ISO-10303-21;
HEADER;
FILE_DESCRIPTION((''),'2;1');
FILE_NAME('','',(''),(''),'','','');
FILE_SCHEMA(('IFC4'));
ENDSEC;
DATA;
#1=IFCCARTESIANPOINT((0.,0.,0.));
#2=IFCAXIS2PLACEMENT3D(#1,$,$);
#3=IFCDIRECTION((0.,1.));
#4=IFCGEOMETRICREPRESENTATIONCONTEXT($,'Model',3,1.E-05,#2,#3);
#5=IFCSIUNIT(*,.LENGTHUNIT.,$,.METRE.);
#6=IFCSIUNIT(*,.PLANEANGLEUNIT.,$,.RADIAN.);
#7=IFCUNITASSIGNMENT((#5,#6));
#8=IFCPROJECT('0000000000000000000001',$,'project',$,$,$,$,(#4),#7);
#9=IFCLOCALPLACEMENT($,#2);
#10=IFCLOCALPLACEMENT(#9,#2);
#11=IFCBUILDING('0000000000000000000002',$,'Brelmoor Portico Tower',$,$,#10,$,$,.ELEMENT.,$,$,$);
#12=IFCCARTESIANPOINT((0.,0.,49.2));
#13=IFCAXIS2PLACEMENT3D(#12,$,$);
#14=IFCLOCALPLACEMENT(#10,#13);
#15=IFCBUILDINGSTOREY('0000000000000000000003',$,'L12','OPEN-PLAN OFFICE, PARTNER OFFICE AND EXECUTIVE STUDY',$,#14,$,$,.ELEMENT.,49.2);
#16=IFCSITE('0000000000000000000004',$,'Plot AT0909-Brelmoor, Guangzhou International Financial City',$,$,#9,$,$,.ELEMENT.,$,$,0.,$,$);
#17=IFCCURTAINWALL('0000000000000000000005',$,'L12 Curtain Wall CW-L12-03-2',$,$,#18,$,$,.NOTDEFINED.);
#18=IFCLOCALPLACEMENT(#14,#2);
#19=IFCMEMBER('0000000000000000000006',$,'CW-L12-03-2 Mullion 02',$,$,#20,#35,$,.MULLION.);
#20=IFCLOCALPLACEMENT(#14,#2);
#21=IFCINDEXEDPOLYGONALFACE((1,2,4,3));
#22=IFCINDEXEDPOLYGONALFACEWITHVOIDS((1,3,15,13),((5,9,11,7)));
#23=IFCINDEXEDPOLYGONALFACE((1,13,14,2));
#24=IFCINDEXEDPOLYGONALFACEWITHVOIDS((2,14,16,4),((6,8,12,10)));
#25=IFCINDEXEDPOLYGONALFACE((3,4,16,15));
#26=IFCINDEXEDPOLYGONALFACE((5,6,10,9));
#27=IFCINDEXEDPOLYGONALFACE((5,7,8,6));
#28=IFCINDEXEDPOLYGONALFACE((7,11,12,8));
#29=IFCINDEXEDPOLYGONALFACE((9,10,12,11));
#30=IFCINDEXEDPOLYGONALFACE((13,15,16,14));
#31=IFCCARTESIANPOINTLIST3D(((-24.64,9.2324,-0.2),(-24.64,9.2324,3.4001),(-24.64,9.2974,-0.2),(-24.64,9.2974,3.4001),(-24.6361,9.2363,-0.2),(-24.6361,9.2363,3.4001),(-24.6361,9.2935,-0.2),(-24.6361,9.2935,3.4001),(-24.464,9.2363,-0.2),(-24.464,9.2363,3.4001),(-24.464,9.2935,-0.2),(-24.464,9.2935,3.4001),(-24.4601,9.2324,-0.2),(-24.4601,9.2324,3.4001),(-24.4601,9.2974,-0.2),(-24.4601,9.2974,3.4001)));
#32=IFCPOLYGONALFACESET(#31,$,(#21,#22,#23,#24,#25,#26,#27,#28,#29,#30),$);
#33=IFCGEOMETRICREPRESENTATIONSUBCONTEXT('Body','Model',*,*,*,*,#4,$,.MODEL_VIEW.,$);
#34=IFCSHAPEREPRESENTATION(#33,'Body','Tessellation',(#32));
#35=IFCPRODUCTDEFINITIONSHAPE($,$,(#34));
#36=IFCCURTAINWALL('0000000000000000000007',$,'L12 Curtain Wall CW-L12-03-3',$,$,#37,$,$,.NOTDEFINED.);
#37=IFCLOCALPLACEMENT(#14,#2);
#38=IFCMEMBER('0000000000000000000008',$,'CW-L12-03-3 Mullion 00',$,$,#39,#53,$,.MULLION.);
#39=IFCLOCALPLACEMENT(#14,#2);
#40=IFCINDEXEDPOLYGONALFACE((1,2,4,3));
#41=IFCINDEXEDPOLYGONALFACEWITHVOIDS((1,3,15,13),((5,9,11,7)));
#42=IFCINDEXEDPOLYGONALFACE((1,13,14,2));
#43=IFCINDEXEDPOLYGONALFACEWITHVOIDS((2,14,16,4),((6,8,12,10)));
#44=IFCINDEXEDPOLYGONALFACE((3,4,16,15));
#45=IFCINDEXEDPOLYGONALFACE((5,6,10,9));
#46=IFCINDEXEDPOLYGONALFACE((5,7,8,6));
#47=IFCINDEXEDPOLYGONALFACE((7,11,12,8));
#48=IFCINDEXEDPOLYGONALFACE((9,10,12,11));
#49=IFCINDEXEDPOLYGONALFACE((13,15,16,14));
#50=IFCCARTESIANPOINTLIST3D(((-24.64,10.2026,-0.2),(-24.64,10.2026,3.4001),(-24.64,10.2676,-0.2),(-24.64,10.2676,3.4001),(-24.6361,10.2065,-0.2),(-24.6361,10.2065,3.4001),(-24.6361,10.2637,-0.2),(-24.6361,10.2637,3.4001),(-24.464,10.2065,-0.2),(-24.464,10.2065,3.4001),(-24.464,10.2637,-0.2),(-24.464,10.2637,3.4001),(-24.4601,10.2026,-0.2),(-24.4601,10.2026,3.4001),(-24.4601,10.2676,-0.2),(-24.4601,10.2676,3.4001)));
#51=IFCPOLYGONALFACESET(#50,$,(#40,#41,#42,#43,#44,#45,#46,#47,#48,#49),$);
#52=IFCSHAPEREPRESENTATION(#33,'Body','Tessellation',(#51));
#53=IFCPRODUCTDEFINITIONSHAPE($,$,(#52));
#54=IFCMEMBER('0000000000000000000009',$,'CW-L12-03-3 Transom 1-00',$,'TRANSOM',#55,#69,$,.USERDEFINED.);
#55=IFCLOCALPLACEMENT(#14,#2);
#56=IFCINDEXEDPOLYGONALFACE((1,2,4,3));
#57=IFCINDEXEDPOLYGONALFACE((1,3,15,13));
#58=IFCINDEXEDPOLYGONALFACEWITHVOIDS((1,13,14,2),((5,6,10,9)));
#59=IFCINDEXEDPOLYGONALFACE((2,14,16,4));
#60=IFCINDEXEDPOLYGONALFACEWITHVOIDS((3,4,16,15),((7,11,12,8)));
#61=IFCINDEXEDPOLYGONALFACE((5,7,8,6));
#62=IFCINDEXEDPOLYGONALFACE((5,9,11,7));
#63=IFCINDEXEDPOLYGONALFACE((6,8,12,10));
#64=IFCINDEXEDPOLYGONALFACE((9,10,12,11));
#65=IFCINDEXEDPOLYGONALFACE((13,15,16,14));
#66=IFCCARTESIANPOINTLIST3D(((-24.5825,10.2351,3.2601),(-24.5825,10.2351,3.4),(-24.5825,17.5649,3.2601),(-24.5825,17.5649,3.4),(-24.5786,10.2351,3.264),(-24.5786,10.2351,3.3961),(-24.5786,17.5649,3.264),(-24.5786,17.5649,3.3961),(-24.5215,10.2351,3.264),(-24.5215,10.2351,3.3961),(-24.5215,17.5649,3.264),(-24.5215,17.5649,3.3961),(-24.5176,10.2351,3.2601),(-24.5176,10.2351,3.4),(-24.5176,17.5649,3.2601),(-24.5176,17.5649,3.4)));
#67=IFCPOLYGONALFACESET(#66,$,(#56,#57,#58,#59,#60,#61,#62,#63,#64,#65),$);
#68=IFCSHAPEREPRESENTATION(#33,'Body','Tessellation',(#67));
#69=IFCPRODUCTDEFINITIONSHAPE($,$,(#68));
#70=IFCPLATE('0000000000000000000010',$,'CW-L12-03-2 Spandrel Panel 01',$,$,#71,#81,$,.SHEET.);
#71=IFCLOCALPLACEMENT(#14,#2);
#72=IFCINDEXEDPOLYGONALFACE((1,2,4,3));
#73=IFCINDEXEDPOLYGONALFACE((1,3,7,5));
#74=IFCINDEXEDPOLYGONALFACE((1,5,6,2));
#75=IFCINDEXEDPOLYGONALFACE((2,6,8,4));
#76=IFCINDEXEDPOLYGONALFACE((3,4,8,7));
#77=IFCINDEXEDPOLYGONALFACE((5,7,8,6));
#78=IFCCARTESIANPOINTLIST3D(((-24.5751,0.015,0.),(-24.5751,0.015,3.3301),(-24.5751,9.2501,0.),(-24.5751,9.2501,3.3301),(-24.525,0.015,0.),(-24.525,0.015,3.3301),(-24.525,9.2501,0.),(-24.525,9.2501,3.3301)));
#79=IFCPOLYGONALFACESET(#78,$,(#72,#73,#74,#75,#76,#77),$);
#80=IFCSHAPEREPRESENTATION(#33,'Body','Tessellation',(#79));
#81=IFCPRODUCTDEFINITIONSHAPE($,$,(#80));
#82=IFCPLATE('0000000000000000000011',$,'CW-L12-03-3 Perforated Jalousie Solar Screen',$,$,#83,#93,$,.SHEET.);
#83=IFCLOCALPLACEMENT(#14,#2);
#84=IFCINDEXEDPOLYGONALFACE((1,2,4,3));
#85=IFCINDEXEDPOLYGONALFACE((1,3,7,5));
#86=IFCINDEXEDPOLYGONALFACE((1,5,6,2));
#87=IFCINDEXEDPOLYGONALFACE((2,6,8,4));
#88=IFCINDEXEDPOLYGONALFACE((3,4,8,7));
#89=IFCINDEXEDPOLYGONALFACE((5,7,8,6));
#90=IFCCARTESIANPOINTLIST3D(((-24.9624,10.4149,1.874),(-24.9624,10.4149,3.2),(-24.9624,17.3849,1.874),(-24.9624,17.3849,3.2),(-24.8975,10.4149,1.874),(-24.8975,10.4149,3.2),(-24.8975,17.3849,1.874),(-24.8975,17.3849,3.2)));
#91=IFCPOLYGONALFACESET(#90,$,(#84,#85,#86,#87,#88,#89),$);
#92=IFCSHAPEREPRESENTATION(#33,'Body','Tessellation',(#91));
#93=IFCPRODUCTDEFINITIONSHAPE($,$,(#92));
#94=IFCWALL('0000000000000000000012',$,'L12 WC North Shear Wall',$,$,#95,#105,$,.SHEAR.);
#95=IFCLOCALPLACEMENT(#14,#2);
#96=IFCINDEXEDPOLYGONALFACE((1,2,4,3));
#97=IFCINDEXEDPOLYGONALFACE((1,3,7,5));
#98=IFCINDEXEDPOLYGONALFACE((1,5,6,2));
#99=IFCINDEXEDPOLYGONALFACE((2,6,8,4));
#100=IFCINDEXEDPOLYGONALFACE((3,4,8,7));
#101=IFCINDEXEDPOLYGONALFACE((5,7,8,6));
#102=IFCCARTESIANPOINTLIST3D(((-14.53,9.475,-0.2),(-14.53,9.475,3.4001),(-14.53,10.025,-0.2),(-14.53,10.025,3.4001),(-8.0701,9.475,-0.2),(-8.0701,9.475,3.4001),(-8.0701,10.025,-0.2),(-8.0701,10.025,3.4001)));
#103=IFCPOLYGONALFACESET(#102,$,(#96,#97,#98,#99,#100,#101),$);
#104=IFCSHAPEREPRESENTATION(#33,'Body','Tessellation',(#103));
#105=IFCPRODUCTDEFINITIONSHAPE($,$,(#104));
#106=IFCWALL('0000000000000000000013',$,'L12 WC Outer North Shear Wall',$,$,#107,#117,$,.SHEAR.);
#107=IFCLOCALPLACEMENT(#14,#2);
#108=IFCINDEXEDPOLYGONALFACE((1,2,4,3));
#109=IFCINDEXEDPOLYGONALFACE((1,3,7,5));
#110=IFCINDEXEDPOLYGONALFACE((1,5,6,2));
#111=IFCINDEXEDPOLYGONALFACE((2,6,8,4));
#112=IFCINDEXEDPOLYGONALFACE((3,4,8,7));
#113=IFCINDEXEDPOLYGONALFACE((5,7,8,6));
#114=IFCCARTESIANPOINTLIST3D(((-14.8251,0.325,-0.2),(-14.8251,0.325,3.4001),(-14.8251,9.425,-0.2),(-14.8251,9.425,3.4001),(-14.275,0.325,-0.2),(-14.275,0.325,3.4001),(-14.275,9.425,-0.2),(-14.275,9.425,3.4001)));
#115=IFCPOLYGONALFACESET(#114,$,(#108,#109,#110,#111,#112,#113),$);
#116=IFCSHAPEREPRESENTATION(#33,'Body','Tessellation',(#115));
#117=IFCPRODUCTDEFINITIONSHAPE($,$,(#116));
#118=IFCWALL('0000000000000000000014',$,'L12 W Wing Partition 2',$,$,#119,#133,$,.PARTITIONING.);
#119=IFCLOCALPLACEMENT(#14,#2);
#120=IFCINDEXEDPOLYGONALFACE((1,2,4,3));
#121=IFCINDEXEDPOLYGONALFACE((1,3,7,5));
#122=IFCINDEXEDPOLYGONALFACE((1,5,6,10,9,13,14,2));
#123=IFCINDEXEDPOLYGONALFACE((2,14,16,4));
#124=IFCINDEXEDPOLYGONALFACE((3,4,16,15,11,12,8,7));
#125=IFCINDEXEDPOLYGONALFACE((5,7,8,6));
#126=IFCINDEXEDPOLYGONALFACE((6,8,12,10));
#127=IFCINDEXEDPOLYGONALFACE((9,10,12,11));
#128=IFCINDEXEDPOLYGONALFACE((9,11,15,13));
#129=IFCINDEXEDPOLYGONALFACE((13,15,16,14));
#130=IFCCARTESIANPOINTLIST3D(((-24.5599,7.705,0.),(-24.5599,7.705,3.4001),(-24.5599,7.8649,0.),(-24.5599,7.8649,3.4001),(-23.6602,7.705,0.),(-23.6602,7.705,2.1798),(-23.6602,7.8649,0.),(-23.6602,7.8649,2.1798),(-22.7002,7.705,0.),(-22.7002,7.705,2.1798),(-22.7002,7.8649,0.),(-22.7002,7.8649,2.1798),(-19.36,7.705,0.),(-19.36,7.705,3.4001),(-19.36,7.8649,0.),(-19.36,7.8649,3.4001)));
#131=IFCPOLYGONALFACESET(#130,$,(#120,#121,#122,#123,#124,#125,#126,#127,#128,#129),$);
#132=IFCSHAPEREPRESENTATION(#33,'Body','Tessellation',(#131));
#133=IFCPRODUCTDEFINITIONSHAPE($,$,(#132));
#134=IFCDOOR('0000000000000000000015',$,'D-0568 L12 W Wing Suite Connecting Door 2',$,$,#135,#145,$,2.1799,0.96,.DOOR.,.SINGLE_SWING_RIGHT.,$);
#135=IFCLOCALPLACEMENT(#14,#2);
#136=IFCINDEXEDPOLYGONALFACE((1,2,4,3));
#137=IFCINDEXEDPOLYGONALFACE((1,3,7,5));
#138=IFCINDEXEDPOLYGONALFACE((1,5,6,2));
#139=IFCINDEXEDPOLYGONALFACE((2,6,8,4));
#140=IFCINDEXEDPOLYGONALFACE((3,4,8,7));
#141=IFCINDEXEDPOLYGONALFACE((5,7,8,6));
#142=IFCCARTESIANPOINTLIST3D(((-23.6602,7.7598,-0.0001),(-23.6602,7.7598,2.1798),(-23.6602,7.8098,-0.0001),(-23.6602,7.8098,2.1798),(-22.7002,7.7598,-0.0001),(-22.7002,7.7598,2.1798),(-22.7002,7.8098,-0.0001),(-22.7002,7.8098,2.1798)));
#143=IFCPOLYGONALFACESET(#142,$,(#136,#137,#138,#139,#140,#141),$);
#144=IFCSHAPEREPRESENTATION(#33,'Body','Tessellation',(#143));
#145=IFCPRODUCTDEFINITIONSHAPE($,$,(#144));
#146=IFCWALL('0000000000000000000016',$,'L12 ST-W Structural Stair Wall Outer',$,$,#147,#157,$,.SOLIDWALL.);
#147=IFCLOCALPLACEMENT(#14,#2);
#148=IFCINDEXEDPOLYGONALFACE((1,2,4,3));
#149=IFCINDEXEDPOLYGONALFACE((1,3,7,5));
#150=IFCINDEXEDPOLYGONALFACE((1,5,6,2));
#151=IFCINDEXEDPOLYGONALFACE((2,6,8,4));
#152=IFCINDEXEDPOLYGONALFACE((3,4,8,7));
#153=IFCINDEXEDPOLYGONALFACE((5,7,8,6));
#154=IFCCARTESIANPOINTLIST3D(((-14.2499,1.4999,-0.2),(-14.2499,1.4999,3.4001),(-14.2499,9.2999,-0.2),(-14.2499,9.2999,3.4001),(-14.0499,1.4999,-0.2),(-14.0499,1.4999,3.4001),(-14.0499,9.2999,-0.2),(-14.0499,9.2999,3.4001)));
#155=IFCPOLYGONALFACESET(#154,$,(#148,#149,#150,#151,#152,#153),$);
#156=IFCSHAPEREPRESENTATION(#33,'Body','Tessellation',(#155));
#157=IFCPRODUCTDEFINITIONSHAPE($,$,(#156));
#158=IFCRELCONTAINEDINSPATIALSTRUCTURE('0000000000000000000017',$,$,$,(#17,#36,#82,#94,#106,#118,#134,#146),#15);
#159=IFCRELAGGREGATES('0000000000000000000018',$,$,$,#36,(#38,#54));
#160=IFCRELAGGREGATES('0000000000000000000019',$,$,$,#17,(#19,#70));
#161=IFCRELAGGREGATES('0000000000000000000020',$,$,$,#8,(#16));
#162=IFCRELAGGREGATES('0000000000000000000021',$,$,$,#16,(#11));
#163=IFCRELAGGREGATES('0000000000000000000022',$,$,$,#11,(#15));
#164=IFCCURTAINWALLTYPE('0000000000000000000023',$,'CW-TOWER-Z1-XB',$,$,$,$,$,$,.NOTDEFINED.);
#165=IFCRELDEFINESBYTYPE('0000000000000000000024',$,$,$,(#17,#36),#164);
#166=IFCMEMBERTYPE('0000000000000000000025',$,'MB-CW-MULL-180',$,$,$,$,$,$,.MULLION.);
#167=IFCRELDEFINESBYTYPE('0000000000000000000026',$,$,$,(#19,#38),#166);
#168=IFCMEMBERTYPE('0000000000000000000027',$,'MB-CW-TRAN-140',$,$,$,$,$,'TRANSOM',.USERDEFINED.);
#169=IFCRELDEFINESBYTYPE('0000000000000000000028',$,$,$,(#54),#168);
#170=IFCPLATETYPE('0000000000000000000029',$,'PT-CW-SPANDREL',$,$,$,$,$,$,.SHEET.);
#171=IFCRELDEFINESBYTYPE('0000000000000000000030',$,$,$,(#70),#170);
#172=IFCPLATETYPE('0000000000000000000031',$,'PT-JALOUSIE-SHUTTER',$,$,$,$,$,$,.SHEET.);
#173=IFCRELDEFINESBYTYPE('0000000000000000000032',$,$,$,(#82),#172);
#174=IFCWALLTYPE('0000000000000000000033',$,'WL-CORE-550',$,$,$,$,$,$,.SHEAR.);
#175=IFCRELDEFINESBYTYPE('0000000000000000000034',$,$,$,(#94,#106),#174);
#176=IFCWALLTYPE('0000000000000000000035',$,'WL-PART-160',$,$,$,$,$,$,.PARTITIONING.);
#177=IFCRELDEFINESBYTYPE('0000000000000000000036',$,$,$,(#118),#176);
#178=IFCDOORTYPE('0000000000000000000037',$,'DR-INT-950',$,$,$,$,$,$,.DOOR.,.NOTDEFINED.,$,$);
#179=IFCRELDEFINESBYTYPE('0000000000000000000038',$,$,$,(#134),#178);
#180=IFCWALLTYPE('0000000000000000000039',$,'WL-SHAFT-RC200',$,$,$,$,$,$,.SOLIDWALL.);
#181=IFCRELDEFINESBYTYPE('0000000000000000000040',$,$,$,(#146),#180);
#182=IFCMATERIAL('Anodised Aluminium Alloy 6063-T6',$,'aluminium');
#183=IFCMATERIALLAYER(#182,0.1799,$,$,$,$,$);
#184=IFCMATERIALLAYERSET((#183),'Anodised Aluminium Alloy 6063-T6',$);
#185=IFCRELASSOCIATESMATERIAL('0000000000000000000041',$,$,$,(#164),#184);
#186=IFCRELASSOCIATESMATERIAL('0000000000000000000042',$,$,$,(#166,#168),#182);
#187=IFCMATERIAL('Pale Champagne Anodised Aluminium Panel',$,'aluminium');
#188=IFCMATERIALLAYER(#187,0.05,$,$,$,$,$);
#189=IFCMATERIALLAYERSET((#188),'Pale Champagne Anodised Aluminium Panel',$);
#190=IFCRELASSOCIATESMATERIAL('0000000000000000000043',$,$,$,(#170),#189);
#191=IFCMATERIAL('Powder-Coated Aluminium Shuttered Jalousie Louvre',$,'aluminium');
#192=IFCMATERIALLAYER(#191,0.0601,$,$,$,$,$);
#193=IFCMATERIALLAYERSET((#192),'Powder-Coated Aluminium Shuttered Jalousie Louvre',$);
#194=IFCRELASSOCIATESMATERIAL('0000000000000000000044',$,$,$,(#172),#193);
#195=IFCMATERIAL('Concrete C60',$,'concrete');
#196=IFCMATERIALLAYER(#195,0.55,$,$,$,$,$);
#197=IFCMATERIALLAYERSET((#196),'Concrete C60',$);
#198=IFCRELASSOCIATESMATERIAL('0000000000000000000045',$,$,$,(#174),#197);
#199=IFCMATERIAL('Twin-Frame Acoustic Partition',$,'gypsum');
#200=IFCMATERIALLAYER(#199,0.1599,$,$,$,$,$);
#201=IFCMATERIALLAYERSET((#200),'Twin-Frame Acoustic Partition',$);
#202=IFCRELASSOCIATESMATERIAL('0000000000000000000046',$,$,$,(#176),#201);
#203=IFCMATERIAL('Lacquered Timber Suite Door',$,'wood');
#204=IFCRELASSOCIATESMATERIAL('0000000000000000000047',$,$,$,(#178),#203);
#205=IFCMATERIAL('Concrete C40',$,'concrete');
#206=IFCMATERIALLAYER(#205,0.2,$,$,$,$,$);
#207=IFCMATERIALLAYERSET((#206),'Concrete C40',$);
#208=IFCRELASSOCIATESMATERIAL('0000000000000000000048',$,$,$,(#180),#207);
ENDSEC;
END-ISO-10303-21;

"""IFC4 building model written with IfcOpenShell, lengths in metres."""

from ifc_helpers import new_model, si_unit, direction, frame, frame_2d, origin, origin_2d, place, context, subcontext, project, spatial, rectangle, hollow_rectangle, extrude, material, layer, layer_set, material_profile, profile_set, type_object, element, fill, aggregate, save


model = new_model("IFC4")

# Units and contexts
model_context = context("Model", 3, precision=1e-05, world=origin(), true_north=direction((0.0, 1.0)))
body_context = subcontext(model_context, "Body", "Model", "MODEL_VIEW")
ifc_project = project(units=[si_unit("LENGTHUNIT", "METRE"), si_unit("PLANEANGLEUNIT", "RADIAN")], contexts=[model_context])

# Site, building, storey
site_placement = place(None, origin())
site = spatial("IfcSite", under=ifc_project, at=site_placement, Name="Plot AT0909-Brelmoor, Guangzhou International Financial City", CompositionType="ELEMENT", RefElevation=0.0)
building_placement = place(site_placement, origin())
building = spatial("IfcBuilding", under=site, at=building_placement, Name="Brelmoor Portico Tower", CompositionType="ELEMENT")
storey_placement = place(building_placement, frame((0.0, 0.0, 49.2)))
storey = spatial("IfcBuildingStorey", under=building, at=storey_placement, Name="L12", Description="OPEN-PLAN OFFICE, PARTNER OFFICE AND EXECUTIVE STUDY", CompositionType="ELEMENT", Elevation=49.2)

# Curtain wall, member
ifc_material_1 = material(Name="Anodised Aluminium Alloy 6063-T6", Category="aluminium")
ifc_layer_1 = layer(ifc_material_1, 0.1799)
ifc_layer_set_1 = layer_set([ifc_layer_1], Name="Anodised Aluminium Alloy 6063-T6")
curtain_wall_type = type_object("IfcCurtainWallType", Name="CW-TOWER-Z1-XB", PredefinedType="NOTDEFINED", material=ifc_layer_set_1)
curtain_wall_1_placement = place(storey_placement, origin())
curtain_wall_1 = element("IfcCurtainWall", 1, at=curtain_wall_1_placement, inside=storey, type_object=curtain_wall_type, Name="L12 Curtain Wall CW-L12-03-2", PredefinedType="NOTDEFINED")
ifc_material_profile_1 = material_profile(ifc_material_1, hollow_rectangle(XDim=0.0649, YDim=0.1799, WallThickness=0.0039, at=origin_2d()), Name="ALU MULLION 65x180")
ifc_profile_set_1 = profile_set([ifc_material_profile_1], Name="Anodised Aluminium Alloy 6063-T6")
member_type_1 = type_object("IfcMemberType", Name="MB-CW-MULL-180", PredefinedType="MULLION", material=ifc_profile_set_1)
member_1_placement = place(storey_placement, frame((-24.55, 9.2649, -0.2), z_axis=(0.0, 0.0, 1.0), x_axis=(0.0, 1.0, 0.0)))
member_1 = element("IfcMember", 2, at=member_1_placement, type_object=member_type_1, Name="CW-L12-03-2 Mullion 02", PredefinedType="MULLION", context=body_context, shape_type="SweptSolid", body=[
    extrude(hollow_rectangle(XDim=0.0649, YDim=0.1799, WallThickness=0.0039, at=origin_2d()), origin(), (0.0, 0.0, 1.0), 3.6001),
])

# Curtain wall, members
curtain_wall_2_placement = place(storey_placement, origin())
curtain_wall_2 = element("IfcCurtainWall", 3, at=curtain_wall_2_placement, inside=storey, type_object=curtain_wall_type, Name="L12 Curtain Wall CW-L12-03-3", PredefinedType="NOTDEFINED")
member_2_placement = place(storey_placement, frame((-24.55, 10.2351, -0.2), z_axis=(0.0, 0.0, 1.0), x_axis=(0.0, 1.0, 0.0)))
member_2 = element("IfcMember", 4, at=member_2_placement, type_object=member_type_1, Name="CW-L12-03-3 Mullion 00", PredefinedType="MULLION", context=body_context, shape_type="SweptSolid", body=[
    extrude(hollow_rectangle(XDim=0.0649, YDim=0.1799, WallThickness=0.0039, at=origin_2d()), origin(), (0.0, 0.0, 1.0), 3.6001),
])
ifc_material_profile_2 = material_profile(ifc_material_1, hollow_rectangle(XDim=0.0649, YDim=0.1399, WallThickness=0.0039, at=origin_2d()), Name="ALU TRANSOM 65x140")
ifc_profile_set_2 = profile_set([ifc_material_profile_2], Name="Anodised Aluminium Alloy 6063-T6")
member_type_2 = type_object("IfcMemberType", Name="MB-CW-TRAN-140", ElementType="TRANSOM", PredefinedType="USERDEFINED", material=ifc_profile_set_2)
member_3_placement = place(storey_placement, frame((-24.55, 10.2351, 3.3301), z_axis=(0.0, 1.0, 0.0), x_axis=(-1.0, 0.0, 0.0)))
member_3 = element("IfcMember", 5, at=member_3_placement, type_object=member_type_2, Name="CW-L12-03-3 Transom 1-00", ObjectType="TRANSOM", PredefinedType="USERDEFINED", context=body_context, shape_type="SweptSolid", body=[
    extrude(hollow_rectangle(XDim=0.0649, YDim=0.1399, WallThickness=0.0039, at=origin_2d()), origin(), (0.0, 0.0, 1.0), 7.3298),
])
aggregate(curtain_wall_2, [member_2, member_3])

# Plates
ifc_material_2 = material(Name="Pale Champagne Anodised Aluminium Panel", Category="aluminium")
ifc_layer_2 = layer(ifc_material_2, 0.05)
ifc_layer_set_2 = layer_set([ifc_layer_2], Name="Pale Champagne Anodised Aluminium Panel")
plate_type_1 = type_object("IfcPlateType", Name="PT-CW-SPANDREL", PredefinedType="SHEET", material=ifc_layer_set_2)
plate_1_placement = place(storey_placement, frame((-24.55, 4.6326, 0.0), z_axis=(0.0, 0.0, 1.0), x_axis=(0.0, 1.0, 0.0)))
plate_1 = element("IfcPlate", 6, at=plate_1_placement, type_object=plate_type_1, Name="CW-L12-03-2 Spandrel Panel 01", PredefinedType="SHEET", context=body_context, shape_type="SweptSolid", body=[
    extrude(rectangle(XDim=9.2351, YDim=0.05, at=origin_2d()), origin(), (0.0, 0.0, 1.0), 3.3301),
])
aggregate(curtain_wall_1, [member_1, plate_1])
ifc_material_3 = material(Name="Powder-Coated Aluminium Shuttered Jalousie Louvre", Category="aluminium")
ifc_layer_3 = layer(ifc_material_3, 0.0601)
ifc_layer_set_3 = layer_set([ifc_layer_3], Name="Powder-Coated Aluminium Shuttered Jalousie Louvre")
plate_type_2 = type_object("IfcPlateType", Name="PT-JALOUSIE-SHUTTER", PredefinedType="SHEET", material=ifc_layer_set_3)
plate_2_placement = place(storey_placement, frame((-24.9299, 13.8999, 1.874), z_axis=(0.0, 0.0, 1.0), x_axis=(0.0, 1.0, 0.0)))
element("IfcPlate", 7, at=plate_2_placement, inside=storey, type_object=plate_type_2, Name="CW-L12-03-3 Perforated Jalousie Solar Screen", PredefinedType="SHEET", context=body_context, shape_type="SweptSolid", body=[
    extrude(rectangle(XDim=6.97, YDim=0.0649, at=origin_2d()), origin(), (0.0, 0.0, 1.0), 1.3259),
])

# Walls
ifc_material_4 = material(Name="Concrete C60", Category="concrete")
ifc_layer_4 = layer(ifc_material_4, 0.55)
ifc_layer_set_4 = layer_set([ifc_layer_4], Name="Concrete C60")
wall_type_1 = type_object("IfcWallType", Name="WL-CORE-550", PredefinedType="SHEAR", material=ifc_layer_set_4)
wall_1_placement = place(storey_placement, frame((-14.53, 9.75, -0.2), z_axis=(0.0, 0.0, 1.0), x_axis=(1.0, 0.0, 0.0)))
element("IfcWall", 8, at=wall_1_placement, inside=storey, type_object=wall_type_1, Name="L12 WC North Shear Wall", PredefinedType="SHEAR", context=body_context, shape_type="SweptSolid", body=[
    extrude(rectangle(XDim=6.46, YDim=0.55, at=frame_2d((3.23, 0.0))), origin(), (0.0, 0.0, 1.0), 3.6001),
])
wall_2_placement = place(storey_placement, frame((-14.55, 0.325, -0.2), z_axis=(0.0, 0.0, 1.0), x_axis=(0.0, 1.0, 0.0)))
element("IfcWall", 9, at=wall_2_placement, inside=storey, type_object=wall_type_1, Name="L12 WC Outer North Shear Wall", PredefinedType="SHEAR", context=body_context, shape_type="SweptSolid", body=[
    extrude(rectangle(XDim=9.1001, YDim=0.55, at=frame_2d((4.55, 0.0))), origin(), (0.0, 0.0, 1.0), 3.6001),
])

# Wall, opening, door
ifc_material_5 = material(Name="Twin-Frame Acoustic Partition", Category="gypsum")
ifc_layer_5 = layer(ifc_material_5, 0.1599)
ifc_layer_set_5 = layer_set([ifc_layer_5], Name="Twin-Frame Acoustic Partition")
wall_type_2 = type_object("IfcWallType", Name="WL-PART-160", PredefinedType="PARTITIONING", material=ifc_layer_set_5)
wall_3_placement = place(storey_placement, frame((-24.5601, 7.7849, 0.0), z_axis=(0.0, 0.0, 1.0), x_axis=(1.0, 0.0, 0.0)))
wall_3 = element("IfcWall", 10, at=wall_3_placement, inside=storey, type_object=wall_type_2, Name="L12 W Wing Partition 2", PredefinedType="PARTITIONING", context=body_context, shape_type="SweptSolid", body=[
    extrude(rectangle(XDim=5.2, YDim=0.1599, at=frame_2d((2.6001, 0.0))), origin(), (0.0, 0.0, 1.0), 3.4001),
])
opening_1_placement = place(wall_3_placement, frame((0.8999, 0.0, 0.0)))
opening_1 = element("IfcOpeningElement", 11, at=opening_1_placement, cuts=wall_3, PredefinedType="OPENING", context=body_context, shape_type="SweptSolid", body=[
    extrude(rectangle(XDim=0.96, YDim=2.1799, at=frame_2d((0.48, 1.0898))), frame((0.0, 0.0898, 0.0), z_axis=(0.0, -1.0, 0.0), x_axis=(1.0, 0.0, 0.0)), (0.0, 0.0, 1.0), 0.1799),
])
ifc_material_6 = material(Name="Lacquered Timber Suite Door", Category="wood")
door_type_1 = type_object("IfcDoorType", Name="DR-INT-950", OperationType="NOTDEFINED", PredefinedType="DOOR", material=ifc_material_6)
door_1_placement = place(opening_1_placement, origin())
door_1 = element("IfcDoor", 12, at=door_1_placement, inside=storey, type_object=door_type_1, Name="D-0568 L12 W Wing Suite Connecting Door 2", OperationType="SINGLE_SWING_RIGHT", OverallHeight=2.1799, OverallWidth=0.96, PredefinedType="DOOR", context=body_context, shape_type="SweptSolid", body=[
    extrude(rectangle(XDim=0.96, YDim=2.1799, at=frame_2d((0.48, 1.0898))), frame((0.0, 0.0249, 0.0), z_axis=(0.0, -1.0, 0.0), x_axis=(1.0, 0.0, 0.0)), (0.0, 0.0, 1.0), 0.05),
])
fill(opening_1, door_1)

# Wall
ifc_material_7 = material(Name="Concrete C40", Category="concrete")
ifc_layer_6 = layer(ifc_material_7, 0.2)
ifc_layer_set_6 = layer_set([ifc_layer_6], Name="Concrete C40")
wall_type_3 = type_object("IfcWallType", Name="WL-SHAFT-RC200", PredefinedType="SOLIDWALL", material=ifc_layer_set_6)
wall_4_placement = place(storey_placement, frame((-14.1499, 1.5, -0.2), z_axis=(0.0, 0.0, 1.0), x_axis=(0.0, 1.0, 0.0)))
element("IfcWall", 13, at=wall_4_placement, inside=storey, type_object=wall_type_3, Name="L12 ST-W Structural Stair Wall Outer", PredefinedType="SOLIDWALL", context=body_context, shape_type="SweptSolid", body=[
    extrude(rectangle(XDim=7.8, YDim=0.2, at=frame_2d((3.8999, 0.0))), origin(), (0.0, 0.0, 1.0), 3.6001),
])

save(model, "model.ifc")
